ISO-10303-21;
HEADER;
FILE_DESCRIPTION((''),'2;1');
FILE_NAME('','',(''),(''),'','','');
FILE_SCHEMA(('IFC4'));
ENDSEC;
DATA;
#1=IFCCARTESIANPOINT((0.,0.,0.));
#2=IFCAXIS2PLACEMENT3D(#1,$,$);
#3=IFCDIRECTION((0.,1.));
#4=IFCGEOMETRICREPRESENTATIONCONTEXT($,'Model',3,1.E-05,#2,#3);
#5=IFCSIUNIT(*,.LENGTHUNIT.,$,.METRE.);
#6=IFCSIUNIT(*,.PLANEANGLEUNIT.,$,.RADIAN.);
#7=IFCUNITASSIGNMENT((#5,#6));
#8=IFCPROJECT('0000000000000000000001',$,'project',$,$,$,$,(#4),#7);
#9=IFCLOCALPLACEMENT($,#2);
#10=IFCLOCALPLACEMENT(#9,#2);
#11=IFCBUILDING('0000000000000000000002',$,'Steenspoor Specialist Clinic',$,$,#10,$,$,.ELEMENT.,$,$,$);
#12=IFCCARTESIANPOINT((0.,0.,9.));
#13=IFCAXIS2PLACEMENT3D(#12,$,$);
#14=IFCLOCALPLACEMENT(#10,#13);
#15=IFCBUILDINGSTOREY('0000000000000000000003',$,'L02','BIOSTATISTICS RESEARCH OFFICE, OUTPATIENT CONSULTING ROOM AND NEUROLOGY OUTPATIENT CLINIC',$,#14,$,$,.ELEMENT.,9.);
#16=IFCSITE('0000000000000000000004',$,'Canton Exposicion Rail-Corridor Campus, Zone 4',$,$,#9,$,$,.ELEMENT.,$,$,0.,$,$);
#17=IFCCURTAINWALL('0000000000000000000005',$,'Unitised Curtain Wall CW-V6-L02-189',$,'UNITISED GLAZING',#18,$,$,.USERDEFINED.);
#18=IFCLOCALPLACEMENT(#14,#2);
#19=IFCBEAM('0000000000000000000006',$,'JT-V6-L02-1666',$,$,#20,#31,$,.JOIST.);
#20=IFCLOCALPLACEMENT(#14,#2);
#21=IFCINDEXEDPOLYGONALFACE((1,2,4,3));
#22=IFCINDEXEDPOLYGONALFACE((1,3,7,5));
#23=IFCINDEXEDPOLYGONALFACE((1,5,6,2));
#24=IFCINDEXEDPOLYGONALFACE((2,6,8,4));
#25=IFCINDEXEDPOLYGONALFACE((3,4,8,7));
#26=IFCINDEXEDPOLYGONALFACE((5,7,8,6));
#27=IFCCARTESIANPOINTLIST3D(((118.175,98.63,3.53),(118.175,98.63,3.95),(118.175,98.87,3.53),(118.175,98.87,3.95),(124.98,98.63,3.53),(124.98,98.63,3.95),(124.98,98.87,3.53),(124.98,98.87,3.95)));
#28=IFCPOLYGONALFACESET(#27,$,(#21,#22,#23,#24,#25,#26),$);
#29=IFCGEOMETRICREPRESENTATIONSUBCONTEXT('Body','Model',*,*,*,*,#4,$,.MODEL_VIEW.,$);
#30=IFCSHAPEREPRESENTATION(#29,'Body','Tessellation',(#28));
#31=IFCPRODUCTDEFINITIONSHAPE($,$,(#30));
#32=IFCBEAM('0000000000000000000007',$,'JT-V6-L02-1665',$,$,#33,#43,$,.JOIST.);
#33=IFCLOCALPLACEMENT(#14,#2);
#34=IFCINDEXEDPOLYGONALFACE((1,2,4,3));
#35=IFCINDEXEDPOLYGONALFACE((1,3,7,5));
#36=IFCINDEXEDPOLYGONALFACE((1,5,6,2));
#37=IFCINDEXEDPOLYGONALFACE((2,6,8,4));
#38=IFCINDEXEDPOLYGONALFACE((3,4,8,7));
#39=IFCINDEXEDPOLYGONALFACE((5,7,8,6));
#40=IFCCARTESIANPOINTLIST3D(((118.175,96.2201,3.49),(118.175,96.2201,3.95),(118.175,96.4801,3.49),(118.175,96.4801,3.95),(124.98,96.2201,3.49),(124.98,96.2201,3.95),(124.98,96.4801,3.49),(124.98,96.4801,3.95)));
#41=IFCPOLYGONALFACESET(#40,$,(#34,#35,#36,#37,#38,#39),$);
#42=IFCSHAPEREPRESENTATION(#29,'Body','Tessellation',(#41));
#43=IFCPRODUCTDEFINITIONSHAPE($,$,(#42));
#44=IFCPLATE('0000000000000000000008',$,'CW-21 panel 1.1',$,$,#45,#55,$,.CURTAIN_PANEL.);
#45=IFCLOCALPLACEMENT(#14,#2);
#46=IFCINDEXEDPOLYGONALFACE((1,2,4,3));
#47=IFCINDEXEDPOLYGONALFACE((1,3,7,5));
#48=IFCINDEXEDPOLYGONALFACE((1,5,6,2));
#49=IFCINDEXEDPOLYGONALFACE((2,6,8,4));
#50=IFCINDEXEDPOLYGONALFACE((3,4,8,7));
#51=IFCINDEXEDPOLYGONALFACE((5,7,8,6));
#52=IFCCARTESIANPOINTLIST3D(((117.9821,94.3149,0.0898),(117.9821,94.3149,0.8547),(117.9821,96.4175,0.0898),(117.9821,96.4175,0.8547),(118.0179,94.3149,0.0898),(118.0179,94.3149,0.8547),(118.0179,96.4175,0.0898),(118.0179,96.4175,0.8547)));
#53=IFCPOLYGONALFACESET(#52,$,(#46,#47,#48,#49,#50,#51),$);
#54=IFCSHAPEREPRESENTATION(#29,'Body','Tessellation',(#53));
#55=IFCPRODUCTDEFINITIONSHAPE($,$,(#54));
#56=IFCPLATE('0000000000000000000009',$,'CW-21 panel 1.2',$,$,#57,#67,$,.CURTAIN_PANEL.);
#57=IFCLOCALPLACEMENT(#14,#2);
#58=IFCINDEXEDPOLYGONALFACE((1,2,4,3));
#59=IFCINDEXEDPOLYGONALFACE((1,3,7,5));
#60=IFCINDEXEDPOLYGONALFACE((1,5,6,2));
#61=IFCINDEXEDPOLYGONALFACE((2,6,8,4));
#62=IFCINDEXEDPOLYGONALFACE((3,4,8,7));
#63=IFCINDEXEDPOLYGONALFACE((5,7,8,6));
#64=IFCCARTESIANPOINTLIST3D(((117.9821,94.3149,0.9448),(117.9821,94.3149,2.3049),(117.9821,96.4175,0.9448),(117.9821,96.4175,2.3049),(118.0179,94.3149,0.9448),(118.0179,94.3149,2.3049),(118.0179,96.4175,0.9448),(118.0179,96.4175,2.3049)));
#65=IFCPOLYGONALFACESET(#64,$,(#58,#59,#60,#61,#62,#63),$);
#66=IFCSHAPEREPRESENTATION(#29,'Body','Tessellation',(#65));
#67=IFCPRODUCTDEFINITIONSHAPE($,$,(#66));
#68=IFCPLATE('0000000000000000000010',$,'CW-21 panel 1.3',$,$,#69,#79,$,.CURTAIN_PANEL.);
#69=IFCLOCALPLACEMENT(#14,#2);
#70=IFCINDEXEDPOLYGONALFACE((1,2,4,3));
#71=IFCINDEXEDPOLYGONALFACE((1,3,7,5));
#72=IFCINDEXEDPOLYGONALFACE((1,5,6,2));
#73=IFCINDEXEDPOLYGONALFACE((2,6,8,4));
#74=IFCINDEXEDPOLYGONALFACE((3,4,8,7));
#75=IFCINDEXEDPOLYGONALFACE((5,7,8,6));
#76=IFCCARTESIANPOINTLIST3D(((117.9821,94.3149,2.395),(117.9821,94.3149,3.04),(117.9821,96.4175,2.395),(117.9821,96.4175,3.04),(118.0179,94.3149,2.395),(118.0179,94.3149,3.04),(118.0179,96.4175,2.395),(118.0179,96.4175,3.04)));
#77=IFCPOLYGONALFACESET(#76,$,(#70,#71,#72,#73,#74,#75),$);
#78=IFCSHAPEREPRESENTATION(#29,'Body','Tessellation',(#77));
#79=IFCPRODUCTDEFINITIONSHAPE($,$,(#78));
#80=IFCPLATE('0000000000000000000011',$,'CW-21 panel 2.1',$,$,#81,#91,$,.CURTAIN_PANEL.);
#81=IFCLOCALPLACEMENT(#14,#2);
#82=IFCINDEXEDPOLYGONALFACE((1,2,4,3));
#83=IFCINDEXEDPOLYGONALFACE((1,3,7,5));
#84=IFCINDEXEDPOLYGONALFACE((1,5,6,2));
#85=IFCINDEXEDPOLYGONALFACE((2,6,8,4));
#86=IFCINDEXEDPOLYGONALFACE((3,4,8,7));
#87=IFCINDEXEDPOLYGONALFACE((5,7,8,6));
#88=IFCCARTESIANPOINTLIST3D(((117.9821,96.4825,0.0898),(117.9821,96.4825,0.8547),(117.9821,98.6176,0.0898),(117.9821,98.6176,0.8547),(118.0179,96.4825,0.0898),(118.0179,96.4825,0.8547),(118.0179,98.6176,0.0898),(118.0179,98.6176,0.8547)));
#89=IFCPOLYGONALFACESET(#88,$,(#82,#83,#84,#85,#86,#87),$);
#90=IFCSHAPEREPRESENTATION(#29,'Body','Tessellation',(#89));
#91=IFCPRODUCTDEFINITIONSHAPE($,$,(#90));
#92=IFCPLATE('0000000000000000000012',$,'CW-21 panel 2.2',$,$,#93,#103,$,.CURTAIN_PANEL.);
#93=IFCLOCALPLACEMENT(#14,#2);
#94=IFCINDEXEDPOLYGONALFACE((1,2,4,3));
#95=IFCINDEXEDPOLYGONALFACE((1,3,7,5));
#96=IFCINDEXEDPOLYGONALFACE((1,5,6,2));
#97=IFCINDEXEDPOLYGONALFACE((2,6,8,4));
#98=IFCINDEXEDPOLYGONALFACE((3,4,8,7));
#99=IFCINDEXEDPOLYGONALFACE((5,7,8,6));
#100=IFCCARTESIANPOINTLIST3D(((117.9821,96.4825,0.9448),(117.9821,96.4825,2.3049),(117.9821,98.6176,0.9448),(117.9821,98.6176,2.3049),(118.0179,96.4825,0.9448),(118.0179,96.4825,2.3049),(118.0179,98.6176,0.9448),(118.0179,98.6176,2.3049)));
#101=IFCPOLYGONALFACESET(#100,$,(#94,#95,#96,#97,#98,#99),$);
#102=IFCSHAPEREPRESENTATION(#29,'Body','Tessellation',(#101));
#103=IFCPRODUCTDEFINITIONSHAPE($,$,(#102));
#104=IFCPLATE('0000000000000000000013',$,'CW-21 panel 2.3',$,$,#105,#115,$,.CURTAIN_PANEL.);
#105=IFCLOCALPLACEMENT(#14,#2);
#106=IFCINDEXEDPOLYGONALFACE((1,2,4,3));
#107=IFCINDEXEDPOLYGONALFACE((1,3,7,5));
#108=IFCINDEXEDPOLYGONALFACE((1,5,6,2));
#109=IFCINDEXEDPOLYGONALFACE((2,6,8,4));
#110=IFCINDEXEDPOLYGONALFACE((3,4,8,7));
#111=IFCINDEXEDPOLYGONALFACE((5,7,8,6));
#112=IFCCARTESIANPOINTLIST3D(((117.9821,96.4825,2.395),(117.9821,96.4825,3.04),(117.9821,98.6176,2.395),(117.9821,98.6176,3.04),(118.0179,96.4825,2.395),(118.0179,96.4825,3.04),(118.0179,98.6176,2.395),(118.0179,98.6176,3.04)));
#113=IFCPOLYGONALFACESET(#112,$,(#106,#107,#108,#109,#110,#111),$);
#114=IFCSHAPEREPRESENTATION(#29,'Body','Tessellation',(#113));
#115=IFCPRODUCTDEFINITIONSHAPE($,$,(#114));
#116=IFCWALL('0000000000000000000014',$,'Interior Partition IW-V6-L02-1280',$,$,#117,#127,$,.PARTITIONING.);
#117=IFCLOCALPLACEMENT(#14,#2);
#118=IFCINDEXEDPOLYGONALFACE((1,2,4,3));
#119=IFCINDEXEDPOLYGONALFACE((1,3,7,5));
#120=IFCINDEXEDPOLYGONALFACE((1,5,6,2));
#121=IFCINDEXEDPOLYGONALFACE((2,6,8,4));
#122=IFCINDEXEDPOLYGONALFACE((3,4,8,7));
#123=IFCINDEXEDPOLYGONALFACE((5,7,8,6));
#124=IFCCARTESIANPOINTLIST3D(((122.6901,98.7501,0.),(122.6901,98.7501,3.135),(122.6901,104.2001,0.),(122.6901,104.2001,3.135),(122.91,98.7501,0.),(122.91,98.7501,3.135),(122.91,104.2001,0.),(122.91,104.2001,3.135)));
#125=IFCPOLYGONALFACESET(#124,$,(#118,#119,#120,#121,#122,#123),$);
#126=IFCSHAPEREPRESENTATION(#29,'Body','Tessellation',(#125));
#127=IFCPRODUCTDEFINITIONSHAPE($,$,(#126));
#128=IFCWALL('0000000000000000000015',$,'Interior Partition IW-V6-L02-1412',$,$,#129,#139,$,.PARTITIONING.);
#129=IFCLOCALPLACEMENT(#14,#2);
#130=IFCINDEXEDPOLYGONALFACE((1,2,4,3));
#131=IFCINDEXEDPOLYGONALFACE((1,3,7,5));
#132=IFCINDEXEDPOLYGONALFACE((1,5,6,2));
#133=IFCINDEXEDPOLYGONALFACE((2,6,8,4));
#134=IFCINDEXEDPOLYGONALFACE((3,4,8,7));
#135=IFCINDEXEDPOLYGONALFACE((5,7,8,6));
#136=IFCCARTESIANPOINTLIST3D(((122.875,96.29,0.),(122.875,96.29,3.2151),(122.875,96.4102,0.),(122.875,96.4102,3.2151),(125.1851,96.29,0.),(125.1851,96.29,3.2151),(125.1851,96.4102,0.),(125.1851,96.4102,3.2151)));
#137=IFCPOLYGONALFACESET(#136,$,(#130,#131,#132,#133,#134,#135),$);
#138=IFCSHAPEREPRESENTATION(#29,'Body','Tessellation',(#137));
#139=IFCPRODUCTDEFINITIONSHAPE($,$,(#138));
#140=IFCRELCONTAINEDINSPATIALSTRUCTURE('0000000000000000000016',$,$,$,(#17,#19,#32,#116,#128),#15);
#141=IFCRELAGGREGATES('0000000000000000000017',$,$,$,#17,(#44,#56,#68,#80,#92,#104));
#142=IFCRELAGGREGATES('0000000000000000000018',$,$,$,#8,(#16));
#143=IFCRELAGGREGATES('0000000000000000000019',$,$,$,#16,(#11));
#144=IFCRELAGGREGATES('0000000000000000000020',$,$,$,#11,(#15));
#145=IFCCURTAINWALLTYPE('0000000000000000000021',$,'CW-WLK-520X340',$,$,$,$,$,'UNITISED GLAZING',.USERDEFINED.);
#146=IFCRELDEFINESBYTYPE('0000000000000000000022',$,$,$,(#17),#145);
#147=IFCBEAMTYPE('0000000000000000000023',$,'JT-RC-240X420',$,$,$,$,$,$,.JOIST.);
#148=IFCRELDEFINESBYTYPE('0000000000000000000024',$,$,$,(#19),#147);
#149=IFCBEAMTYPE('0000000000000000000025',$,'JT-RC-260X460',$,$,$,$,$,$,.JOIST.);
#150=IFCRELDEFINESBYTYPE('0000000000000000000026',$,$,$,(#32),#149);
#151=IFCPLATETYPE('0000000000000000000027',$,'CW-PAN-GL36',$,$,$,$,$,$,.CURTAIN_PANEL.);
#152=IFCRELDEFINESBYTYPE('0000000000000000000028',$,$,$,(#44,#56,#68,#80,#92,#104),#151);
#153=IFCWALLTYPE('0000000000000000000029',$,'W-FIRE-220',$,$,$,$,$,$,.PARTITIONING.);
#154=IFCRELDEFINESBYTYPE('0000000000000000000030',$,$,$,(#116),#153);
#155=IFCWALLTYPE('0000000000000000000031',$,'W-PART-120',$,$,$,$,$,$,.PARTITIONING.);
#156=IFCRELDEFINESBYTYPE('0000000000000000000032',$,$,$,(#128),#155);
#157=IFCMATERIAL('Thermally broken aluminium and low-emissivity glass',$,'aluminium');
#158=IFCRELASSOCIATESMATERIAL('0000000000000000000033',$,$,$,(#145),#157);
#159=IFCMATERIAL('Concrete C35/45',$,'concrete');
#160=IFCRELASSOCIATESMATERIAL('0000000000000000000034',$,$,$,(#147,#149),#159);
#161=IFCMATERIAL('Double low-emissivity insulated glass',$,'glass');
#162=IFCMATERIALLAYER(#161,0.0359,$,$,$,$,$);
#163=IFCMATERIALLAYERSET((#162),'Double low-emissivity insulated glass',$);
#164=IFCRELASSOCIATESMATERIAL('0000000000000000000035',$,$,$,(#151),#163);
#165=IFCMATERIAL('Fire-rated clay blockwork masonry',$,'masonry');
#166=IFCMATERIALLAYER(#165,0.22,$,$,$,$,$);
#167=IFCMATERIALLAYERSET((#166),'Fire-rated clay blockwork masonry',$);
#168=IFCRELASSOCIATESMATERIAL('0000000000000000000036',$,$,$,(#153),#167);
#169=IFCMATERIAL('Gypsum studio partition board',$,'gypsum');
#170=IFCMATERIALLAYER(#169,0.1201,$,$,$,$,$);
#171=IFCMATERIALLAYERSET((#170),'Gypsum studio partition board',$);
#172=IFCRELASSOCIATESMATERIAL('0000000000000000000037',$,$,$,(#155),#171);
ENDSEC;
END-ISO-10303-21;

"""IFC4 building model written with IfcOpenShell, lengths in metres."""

from ifc_helpers import new_model, si_unit, direction, frame, frame_2d, origin, origin_2d, place, context, subcontext, project, spatial, rectangle, extrude, material, layer, layer_set, material_profile, profile_set, type_object, element, aggregate, save


model = new_model("IFC4")

# Units and contexts
model_context = context("Model", 3, precision=1e-05, world=origin(), true_north=direction((0.0, 1.0)))
body_context = subcontext(model_context, "Body", "Model", "MODEL_VIEW")
ifc_project = project(units=[si_unit("LENGTHUNIT", "METRE"), si_unit("PLANEANGLEUNIT", "RADIAN")], contexts=[model_context])

# Site, building, storey
site_placement = place(None, origin())
site = spatial("IfcSite", under=ifc_project, at=site_placement, Name="Canton Exposicion Rail-Corridor Campus, Zone 4", CompositionType="ELEMENT", RefElevation=0.0)
building_placement = place(site_placement, origin())
building = spatial("IfcBuilding", under=site, at=building_placement, Name="Steenspoor Specialist Clinic", CompositionType="ELEMENT")
storey_placement = place(building_placement, frame((0.0, 0.0, 9.0)))
storey = spatial("IfcBuildingStorey", under=building, at=storey_placement, Name="L02", Description="BIOSTATISTICS RESEARCH OFFICE, OUTPATIENT CONSULTING ROOM AND NEUROLOGY OUTPATIENT CLINIC", CompositionType="ELEMENT", Elevation=9.0)

# Curtain wall
ifc_material_1 = material(Name="Thermally broken aluminium and low-emissivity glass", Category="aluminium")
curtain_wall_type = type_object("IfcCurtainWallType", Name="CW-WLK-520X340", ElementType="UNITISED GLAZING", PredefinedType="USERDEFINED", material=ifc_material_1)
curtain_wall_placement = place(storey_placement, origin())
curtain_wall = element("IfcCurtainWall", 1, at=curtain_wall_placement, inside=storey, type_object=curtain_wall_type, Name="Unitised Curtain Wall CW-V6-L02-189", ObjectType="UNITISED GLAZING", PredefinedType="USERDEFINED")

# Beams
ifc_material_2 = material(Name="Concrete C35/45", Category="concrete")
ifc_material_profile_1 = material_profile(ifc_material_2, rectangle(XDim=0.24, YDim=0.4199, at=origin_2d()), Name="RC-JT-240X420")
ifc_profile_set_1 = profile_set([ifc_material_profile_1], Name="Concrete C35/45")
beam_type_1 = type_object("IfcBeamType", Name="JT-RC-240X420", PredefinedType="JOIST", material=ifc_profile_set_1)
beam_1_placement = place(storey_placement, frame((118.175, 98.75, 3.74), z_axis=(1.0, 0.0, 0.0), x_axis=(0.0, 1.0, 0.0)))
element("IfcBeam", 2, at=beam_1_placement, inside=storey, type_object=beam_type_1, Name="JT-V6-L02-1666", PredefinedType="JOIST", context=body_context, shape_type="SweptSolid", body=[
    extrude(rectangle(XDim=0.24, YDim=0.4199, at=origin_2d()), origin(), (0.0, 0.0, 1.0), 6.8049),
])
ifc_material_profile_2 = material_profile(ifc_material_2, rectangle(XDim=0.26, YDim=0.46, at=origin_2d()), Name="RC-JT-260X460")
ifc_profile_set_2 = profile_set([ifc_material_profile_2], Name="Concrete C35/45")
beam_type_2 = type_object("IfcBeamType", Name="JT-RC-260X460", PredefinedType="JOIST", material=ifc_profile_set_2)
beam_2_placement = place(storey_placement, frame((118.175, 96.3501, 3.72), z_axis=(1.0, 0.0, 0.0), x_axis=(0.0, 1.0, 0.0)))
element("IfcBeam", 3, at=beam_2_placement, inside=storey, type_object=beam_type_2, Name="JT-V6-L02-1665", PredefinedType="JOIST", context=body_context, shape_type="SweptSolid", body=[
    extrude(rectangle(XDim=0.26, YDim=0.46, at=origin_2d()), origin(), (0.0, 0.0, 1.0), 6.8049),
])

# Plates
ifc_material_3 = material(Name="Double low-emissivity insulated glass", Category="glass")
ifc_layer_1 = layer(ifc_material_3, 0.0359)
ifc_layer_set_1 = layer_set([ifc_layer_1], Name="Double low-emissivity insulated glass")
plate_type = type_object("IfcPlateType", Name="CW-PAN-GL36", PredefinedType="CURTAIN_PANEL", material=ifc_layer_set_1)
plate_1_placement = place(storey_placement, frame((118.0, 95.3662, 0.0898), z_axis=(0.0, 0.0, 1.0), x_axis=(0.0, 1.0, 0.0)))
plate_1 = element("IfcPlate", 4, at=plate_1_placement, type_object=plate_type, Name="CW-21 panel 1.1", PredefinedType="CURTAIN_PANEL", context=body_context, shape_type="SweptSolid", body=[
    extrude(rectangle(XDim=2.1025, YDim=0.0359, at=origin_2d()), origin(), (0.0, 0.0, 1.0), 0.7649),
])
plate_2_placement = place(storey_placement, frame((118.0, 95.3662, 0.9448), z_axis=(0.0, 0.0, 1.0), x_axis=(0.0, 1.0, 0.0)))
plate_2 = element("IfcPlate", 5, at=plate_2_placement, type_object=plate_type, Name="CW-21 panel 1.2", PredefinedType="CURTAIN_PANEL", context=body_context, shape_type="SweptSolid", body=[
    extrude(rectangle(XDim=2.1025, YDim=0.0359, at=origin_2d()), origin(), (0.0, 0.0, 1.0), 1.3601),
])
plate_3_placement = place(storey_placement, frame((118.0, 95.3662, 2.395), z_axis=(0.0, 0.0, 1.0), x_axis=(0.0, 1.0, 0.0)))
plate_3 = element("IfcPlate", 6, at=plate_3_placement, type_object=plate_type, Name="CW-21 panel 1.3", PredefinedType="CURTAIN_PANEL", context=body_context, shape_type="SweptSolid", body=[
    extrude(rectangle(XDim=2.1025, YDim=0.0359, at=origin_2d()), origin(), (0.0, 0.0, 1.0), 0.645),
])
plate_4_placement = place(storey_placement, frame((118.0, 97.55, 0.0898), z_axis=(0.0, 0.0, 1.0), x_axis=(0.0, 1.0, 0.0)))
plate_4 = element("IfcPlate", 7, at=plate_4_placement, type_object=plate_type, Name="CW-21 panel 2.1", PredefinedType="CURTAIN_PANEL", context=body_context, shape_type="SweptSolid", body=[
    extrude(rectangle(XDim=2.135, YDim=0.0359, at=origin_2d()), origin(), (0.0, 0.0, 1.0), 0.7649),
])
plate_5_placement = place(storey_placement, frame((118.0, 97.55, 0.9448), z_axis=(0.0, 0.0, 1.0), x_axis=(0.0, 1.0, 0.0)))
plate_5 = element("IfcPlate", 8, at=plate_5_placement, type_object=plate_type, Name="CW-21 panel 2.2", PredefinedType="CURTAIN_PANEL", context=body_context, shape_type="SweptSolid", body=[
    extrude(rectangle(XDim=2.135, YDim=0.0359, at=origin_2d()), origin(), (0.0, 0.0, 1.0), 1.3601),
])
plate_6_placement = place(storey_placement, frame((118.0, 97.55, 2.395), z_axis=(0.0, 0.0, 1.0), x_axis=(0.0, 1.0, 0.0)))
plate_6 = element("IfcPlate", 9, at=plate_6_placement, type_object=plate_type, Name="CW-21 panel 2.3", PredefinedType="CURTAIN_PANEL", context=body_context, shape_type="SweptSolid", body=[
    extrude(rectangle(XDim=2.135, YDim=0.0359, at=origin_2d()), origin(), (0.0, 0.0, 1.0), 0.645),
])
aggregate(curtain_wall, [plate_1, plate_2, plate_3, plate_4, plate_5, plate_6])

# Walls
ifc_material_4 = material(Name="Fire-rated clay blockwork masonry", Category="masonry")
ifc_layer_2 = layer(ifc_material_4, 0.22)
ifc_layer_set_2 = layer_set([ifc_layer_2], Name="Fire-rated clay blockwork masonry")
wall_type_1 = type_object("IfcWallType", Name="W-FIRE-220", PredefinedType="PARTITIONING", material=ifc_layer_set_2)
wall_1_placement = place(storey_placement, frame((122.8, 98.75, 0.0), z_axis=(0.0, 0.0, 1.0), x_axis=(0.0, 1.0, 0.0)))
element("IfcWall", 10, at=wall_1_placement, inside=storey, type_object=wall_type_1, Name="Interior Partition IW-V6-L02-1280", PredefinedType="PARTITIONING", context=body_context, shape_type="SweptSolid", body=[
    extrude(rectangle(XDim=5.45, YDim=0.22, at=frame_2d((2.7251, 0.0))), origin(), (0.0, 0.0, 1.0), 3.135),
])
ifc_material_5 = material(Name="Gypsum studio partition board", Category="gypsum")
ifc_layer_3 = layer(ifc_material_5, 0.1201)
ifc_layer_set_3 = layer_set([ifc_layer_3], Name="Gypsum studio partition board")
wall_type_2 = type_object("IfcWallType", Name="W-PART-120", PredefinedType="PARTITIONING", material=ifc_layer_set_3)
wall_2_placement = place(storey_placement, frame((122.875, 96.3501, 0.0), z_axis=(0.0, 0.0, 1.0), x_axis=(1.0, 0.0, 0.0)))
element("IfcWall", 11, at=wall_2_placement, inside=storey, type_object=wall_type_2, Name="Interior Partition IW-V6-L02-1412", PredefinedType="PARTITIONING", context=body_context, shape_type="SweptSolid", body=[
    extrude(rectangle(XDim=2.3101, YDim=0.1201, at=frame_2d((1.155, 0.0))), origin(), (0.0, 0.0, 1.0), 3.2151),
])

save(model, "model.ifc")
